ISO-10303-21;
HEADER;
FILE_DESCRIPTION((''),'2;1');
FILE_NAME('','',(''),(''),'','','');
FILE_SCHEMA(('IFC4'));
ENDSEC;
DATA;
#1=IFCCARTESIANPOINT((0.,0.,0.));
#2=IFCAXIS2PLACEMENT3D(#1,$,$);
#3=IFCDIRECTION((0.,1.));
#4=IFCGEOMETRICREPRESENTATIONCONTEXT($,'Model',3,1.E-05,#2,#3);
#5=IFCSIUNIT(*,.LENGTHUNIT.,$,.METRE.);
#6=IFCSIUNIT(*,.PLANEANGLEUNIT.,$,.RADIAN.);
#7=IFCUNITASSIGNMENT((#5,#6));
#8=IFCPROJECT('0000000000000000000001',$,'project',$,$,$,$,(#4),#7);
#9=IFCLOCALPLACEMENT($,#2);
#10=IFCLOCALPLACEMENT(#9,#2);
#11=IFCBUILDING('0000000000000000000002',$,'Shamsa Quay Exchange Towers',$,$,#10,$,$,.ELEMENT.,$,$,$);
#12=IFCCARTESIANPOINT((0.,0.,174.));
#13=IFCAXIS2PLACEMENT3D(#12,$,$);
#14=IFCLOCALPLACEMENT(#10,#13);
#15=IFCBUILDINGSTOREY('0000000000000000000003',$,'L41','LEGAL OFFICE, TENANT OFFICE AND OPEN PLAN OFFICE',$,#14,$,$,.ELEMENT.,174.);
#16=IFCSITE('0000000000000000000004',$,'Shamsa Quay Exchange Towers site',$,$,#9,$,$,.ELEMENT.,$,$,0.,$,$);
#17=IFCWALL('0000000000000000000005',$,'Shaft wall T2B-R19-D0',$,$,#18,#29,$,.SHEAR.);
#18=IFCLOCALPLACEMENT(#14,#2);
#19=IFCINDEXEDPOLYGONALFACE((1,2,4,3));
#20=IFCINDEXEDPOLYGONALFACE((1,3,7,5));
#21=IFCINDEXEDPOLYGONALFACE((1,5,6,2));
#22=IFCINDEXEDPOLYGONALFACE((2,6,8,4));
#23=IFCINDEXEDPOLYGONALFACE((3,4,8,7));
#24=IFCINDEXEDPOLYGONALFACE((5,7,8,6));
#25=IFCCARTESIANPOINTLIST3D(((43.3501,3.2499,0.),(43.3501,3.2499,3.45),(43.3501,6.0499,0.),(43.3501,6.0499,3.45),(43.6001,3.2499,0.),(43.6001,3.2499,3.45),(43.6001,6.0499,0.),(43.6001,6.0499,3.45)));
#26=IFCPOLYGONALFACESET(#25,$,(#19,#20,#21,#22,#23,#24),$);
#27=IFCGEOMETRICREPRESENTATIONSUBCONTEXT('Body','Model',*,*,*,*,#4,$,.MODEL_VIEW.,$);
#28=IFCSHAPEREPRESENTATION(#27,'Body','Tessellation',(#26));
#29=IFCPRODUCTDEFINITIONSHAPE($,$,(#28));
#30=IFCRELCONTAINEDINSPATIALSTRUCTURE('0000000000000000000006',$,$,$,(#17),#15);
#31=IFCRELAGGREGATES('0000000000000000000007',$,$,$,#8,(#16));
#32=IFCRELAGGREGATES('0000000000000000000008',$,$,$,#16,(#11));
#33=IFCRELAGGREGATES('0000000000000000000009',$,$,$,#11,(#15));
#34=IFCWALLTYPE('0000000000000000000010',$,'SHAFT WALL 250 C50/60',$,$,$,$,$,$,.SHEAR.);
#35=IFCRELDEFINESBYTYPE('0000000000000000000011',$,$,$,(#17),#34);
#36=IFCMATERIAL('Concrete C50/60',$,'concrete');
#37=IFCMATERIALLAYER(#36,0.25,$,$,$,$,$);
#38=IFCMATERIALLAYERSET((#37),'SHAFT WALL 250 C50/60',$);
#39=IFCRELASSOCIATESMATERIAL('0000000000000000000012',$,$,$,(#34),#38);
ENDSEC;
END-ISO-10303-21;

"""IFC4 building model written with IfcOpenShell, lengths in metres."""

from ifc_helpers import new_model, si_unit, direction, frame, frame_2d, origin, place, context, subcontext, project, spatial, rectangle, extrude, material, layer, layer_set, type_object, element, save


model = new_model("IFC4")

# Units and contexts
model_context = context("Model", 3, precision=1e-05, world=origin(), true_north=direction((0.0, 1.0)))
body_context = subcontext(model_context, "Body", "Model", "MODEL_VIEW")
ifc_project = project(units=[si_unit("LENGTHUNIT", "METRE"), si_unit("PLANEANGLEUNIT", "RADIAN")], contexts=[model_context])

# Site, building, storey
site_placement = place(None, origin())
site = spatial("IfcSite", under=ifc_project, at=site_placement, Name="Shamsa Quay Exchange Towers site", CompositionType="ELEMENT", RefElevation=0.0)
building_placement = place(site_placement, origin())
building = spatial("IfcBuilding", under=site, at=building_placement, Name="Shamsa Quay Exchange Towers", CompositionType="ELEMENT")
storey_placement = place(building_placement, frame((0.0, 0.0, 174.0)))
storey = spatial("IfcBuildingStorey", under=building, at=storey_placement, Name="L41", Description="LEGAL OFFICE, TENANT OFFICE AND OPEN PLAN OFFICE", CompositionType="ELEMENT", Elevation=174.0)

# Shared definitions
ifc_material_1 = material(Name="Concrete C50/60", Category="concrete")
ifc_layer_1 = layer(ifc_material_1, 0.25)
ifc_layer_set_1 = layer_set([ifc_layer_1], Name="SHAFT WALL 250 C50/60")
wall_type_1 = type_object("IfcWallType", Name="SHAFT WALL 250 C50/60", PredefinedType="SHEAR", material=ifc_layer_set_1)

# Wall
wall_1_placement = place(storey_placement, frame((43.4751, 3.25, 0.0), z_axis=(0.0, 0.0, 1.0), x_axis=(0.0, 1.0, 0.0)))
element("IfcWall", 1, at=wall_1_placement, inside=storey, type_object=wall_type_1, Name="Shaft wall T2B-R19-D0", PredefinedType="SHEAR", context=body_context, shape_type="SweptSolid", body=[
    extrude(rectangle(XDim=2.8, YDim=0.25, at=frame_2d((1.3999, 0.0))), origin(), (0.0, 0.0, 1.0), 3.45),
])

save(model, "model.ifc")
